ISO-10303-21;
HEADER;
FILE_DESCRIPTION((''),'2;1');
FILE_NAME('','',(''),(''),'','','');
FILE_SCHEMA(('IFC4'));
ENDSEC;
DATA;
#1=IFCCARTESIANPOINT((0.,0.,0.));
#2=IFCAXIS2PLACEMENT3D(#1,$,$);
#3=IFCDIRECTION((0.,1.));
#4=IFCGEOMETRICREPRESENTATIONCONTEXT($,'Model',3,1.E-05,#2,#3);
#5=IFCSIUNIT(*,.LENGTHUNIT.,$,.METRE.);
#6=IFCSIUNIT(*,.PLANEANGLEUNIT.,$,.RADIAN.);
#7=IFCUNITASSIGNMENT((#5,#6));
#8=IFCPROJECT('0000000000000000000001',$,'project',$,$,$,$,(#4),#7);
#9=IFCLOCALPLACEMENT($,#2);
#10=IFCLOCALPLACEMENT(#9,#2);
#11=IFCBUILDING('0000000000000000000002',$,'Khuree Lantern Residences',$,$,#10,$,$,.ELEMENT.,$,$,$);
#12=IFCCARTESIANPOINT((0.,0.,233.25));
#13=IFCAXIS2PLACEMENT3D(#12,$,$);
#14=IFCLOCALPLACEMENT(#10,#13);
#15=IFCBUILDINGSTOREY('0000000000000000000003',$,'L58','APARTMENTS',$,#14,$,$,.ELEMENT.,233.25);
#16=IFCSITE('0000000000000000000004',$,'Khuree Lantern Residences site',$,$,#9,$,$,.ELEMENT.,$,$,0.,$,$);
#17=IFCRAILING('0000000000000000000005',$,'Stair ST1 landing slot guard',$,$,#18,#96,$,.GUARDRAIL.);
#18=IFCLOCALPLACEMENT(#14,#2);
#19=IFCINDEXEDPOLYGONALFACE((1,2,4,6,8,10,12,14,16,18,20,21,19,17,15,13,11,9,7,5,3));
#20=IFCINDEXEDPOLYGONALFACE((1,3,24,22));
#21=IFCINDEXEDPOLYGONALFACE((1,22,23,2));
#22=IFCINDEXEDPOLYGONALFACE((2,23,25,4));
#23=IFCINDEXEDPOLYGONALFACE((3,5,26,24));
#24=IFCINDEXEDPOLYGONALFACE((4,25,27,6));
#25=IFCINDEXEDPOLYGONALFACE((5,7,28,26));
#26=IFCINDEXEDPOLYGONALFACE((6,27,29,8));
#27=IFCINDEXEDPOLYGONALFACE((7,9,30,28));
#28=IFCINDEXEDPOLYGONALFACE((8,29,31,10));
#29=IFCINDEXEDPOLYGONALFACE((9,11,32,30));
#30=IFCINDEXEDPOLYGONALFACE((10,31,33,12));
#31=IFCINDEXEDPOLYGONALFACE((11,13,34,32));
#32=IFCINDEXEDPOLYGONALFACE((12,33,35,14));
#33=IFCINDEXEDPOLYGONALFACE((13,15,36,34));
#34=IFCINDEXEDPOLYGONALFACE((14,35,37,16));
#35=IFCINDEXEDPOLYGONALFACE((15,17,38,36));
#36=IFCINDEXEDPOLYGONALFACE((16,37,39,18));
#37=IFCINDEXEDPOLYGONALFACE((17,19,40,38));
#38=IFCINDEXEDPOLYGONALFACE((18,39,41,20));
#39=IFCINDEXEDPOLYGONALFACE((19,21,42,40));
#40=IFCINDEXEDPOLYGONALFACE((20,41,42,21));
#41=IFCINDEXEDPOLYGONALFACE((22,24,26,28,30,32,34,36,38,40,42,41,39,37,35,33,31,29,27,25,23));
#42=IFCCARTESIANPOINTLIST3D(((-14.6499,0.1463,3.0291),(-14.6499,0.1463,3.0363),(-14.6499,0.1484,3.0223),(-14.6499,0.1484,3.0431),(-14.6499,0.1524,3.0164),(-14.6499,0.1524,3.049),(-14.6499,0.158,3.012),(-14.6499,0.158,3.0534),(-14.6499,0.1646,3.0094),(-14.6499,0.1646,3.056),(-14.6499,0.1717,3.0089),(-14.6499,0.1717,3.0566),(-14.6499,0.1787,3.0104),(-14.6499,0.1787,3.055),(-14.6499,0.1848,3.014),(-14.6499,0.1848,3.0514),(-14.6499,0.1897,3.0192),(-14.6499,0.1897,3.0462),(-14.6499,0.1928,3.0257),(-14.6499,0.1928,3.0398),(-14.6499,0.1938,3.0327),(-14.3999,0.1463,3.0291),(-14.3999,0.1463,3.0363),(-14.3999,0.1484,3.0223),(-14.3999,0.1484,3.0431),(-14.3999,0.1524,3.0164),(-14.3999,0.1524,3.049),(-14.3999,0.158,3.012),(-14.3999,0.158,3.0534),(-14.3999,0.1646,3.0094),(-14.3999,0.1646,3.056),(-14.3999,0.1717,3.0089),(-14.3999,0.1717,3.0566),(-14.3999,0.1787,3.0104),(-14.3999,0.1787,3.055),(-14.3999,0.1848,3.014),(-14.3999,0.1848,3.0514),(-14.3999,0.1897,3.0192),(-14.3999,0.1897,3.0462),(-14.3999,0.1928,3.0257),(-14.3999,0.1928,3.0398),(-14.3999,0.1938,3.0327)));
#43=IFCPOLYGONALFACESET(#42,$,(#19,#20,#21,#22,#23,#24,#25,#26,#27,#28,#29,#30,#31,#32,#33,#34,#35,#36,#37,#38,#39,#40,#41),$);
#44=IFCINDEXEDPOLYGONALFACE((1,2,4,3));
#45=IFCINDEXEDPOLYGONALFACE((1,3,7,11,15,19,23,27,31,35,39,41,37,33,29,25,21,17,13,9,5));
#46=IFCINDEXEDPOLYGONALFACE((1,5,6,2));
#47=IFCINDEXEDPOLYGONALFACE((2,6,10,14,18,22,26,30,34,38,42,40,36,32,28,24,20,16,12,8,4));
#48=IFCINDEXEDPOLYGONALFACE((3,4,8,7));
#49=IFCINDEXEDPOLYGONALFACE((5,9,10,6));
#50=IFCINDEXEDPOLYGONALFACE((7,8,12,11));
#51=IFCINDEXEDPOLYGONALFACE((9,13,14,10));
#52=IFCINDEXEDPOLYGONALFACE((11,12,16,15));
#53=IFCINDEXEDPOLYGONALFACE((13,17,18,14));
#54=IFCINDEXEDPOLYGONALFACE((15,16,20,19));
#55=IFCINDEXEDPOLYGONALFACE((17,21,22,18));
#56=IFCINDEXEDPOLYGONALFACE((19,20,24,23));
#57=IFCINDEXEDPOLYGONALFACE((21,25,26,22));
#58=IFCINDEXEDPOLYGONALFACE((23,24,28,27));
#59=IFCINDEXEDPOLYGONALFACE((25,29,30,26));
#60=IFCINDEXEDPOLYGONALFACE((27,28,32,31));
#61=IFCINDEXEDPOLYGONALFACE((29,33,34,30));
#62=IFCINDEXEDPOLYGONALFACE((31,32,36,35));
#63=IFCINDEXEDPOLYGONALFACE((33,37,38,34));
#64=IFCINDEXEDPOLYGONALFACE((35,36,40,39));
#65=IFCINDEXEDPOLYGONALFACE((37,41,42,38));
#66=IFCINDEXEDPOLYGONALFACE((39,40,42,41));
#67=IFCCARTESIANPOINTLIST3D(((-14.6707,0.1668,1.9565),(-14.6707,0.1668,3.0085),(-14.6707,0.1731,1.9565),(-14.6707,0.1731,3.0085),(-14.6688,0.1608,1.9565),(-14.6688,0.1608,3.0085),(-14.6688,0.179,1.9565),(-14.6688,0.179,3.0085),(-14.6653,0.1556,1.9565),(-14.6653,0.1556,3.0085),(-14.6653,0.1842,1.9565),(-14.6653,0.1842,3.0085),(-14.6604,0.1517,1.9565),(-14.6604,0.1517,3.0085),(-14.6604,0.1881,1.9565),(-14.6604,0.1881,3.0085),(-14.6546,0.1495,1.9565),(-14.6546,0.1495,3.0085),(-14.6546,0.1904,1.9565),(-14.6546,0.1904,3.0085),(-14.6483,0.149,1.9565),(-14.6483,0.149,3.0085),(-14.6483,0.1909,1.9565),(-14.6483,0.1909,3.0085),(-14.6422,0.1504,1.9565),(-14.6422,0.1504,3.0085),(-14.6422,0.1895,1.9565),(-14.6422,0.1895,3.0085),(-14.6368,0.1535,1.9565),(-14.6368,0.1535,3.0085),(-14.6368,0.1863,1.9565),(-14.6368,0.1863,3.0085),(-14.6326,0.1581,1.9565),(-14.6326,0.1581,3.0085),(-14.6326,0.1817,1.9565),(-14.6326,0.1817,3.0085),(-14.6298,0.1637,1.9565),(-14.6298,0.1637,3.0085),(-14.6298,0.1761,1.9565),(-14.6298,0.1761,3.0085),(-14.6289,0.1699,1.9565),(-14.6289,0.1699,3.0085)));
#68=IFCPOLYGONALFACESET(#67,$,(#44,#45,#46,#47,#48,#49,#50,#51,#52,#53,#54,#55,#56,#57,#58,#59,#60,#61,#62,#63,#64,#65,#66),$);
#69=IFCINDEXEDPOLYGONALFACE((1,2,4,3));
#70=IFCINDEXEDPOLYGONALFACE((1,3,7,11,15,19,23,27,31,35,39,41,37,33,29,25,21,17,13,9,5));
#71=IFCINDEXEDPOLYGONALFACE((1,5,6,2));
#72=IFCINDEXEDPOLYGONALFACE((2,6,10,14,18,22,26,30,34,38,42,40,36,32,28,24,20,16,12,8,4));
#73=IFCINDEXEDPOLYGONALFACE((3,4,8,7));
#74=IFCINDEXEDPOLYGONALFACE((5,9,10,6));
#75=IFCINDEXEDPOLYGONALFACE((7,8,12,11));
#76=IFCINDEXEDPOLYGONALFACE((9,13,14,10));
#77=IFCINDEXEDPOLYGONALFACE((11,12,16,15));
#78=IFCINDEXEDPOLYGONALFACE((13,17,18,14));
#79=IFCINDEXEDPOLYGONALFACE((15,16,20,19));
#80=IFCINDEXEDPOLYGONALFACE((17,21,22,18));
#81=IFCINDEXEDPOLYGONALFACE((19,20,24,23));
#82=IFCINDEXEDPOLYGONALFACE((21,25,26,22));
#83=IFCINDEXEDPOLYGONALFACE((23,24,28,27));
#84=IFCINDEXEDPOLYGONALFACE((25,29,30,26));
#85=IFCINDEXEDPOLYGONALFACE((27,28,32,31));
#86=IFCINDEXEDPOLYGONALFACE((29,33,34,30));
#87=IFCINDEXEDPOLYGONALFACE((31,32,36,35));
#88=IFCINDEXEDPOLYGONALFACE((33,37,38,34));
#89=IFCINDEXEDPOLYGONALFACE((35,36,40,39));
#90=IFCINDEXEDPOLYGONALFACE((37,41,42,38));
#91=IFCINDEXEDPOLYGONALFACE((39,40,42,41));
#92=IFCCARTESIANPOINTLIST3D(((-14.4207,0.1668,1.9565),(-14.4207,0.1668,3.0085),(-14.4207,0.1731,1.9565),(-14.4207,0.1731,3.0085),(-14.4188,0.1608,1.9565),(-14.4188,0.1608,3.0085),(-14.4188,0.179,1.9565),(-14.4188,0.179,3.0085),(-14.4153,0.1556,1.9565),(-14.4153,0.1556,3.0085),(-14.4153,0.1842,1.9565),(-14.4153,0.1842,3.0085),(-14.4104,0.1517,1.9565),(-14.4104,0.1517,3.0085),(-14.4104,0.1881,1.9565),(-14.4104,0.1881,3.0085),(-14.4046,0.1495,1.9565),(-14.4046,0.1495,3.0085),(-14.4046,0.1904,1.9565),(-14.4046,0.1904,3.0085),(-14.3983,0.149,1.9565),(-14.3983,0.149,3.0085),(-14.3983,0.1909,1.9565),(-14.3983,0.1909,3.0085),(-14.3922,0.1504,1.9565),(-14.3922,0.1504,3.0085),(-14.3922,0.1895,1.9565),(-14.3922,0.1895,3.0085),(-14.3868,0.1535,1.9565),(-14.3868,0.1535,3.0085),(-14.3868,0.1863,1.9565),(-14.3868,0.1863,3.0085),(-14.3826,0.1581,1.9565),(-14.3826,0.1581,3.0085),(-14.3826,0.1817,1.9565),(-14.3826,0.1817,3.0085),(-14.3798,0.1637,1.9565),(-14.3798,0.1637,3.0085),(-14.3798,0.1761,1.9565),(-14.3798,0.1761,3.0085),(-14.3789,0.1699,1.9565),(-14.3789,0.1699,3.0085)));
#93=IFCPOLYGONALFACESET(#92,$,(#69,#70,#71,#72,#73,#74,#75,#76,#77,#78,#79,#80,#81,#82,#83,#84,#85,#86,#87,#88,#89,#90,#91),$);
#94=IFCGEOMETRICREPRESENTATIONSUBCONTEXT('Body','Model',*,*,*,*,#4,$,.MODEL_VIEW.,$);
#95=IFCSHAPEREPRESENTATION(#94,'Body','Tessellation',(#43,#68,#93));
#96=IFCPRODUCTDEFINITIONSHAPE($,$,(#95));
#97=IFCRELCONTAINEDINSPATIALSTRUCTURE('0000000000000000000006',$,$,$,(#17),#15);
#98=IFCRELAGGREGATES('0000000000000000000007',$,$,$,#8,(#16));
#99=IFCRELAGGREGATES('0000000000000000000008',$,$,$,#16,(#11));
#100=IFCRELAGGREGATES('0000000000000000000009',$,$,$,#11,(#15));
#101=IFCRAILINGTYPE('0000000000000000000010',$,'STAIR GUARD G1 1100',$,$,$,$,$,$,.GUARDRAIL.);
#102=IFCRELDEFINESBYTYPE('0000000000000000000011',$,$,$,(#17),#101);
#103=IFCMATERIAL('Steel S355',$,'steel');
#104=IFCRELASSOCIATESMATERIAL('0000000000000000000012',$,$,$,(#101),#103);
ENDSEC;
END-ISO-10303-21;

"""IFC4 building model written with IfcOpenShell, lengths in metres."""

from ifc_helpers import new_model, si_unit, direction, frame, origin, origin_2d, place, context, subcontext, project, spatial, circle, extrude, material, type_object, element, save


model = new_model("IFC4")

# Units and contexts
model_context = context("Model", 3, precision=1e-05, world=origin(), true_north=direction((0.0, 1.0)))
body_context = subcontext(model_context, "Body", "Model", "MODEL_VIEW")
ifc_project = project(units=[si_unit("LENGTHUNIT", "METRE"), si_unit("PLANEANGLEUNIT", "RADIAN")], contexts=[model_context])

# Site, building, storey
site_placement = place(None, origin())
site = spatial("IfcSite", under=ifc_project, at=site_placement, Name="Khuree Lantern Residences site", CompositionType="ELEMENT", RefElevation=0.0)
building_placement = place(site_placement, origin())
building = spatial("IfcBuilding", under=site, at=building_placement, Name="Khuree Lantern Residences", CompositionType="ELEMENT")
storey_placement = place(building_placement, frame((0.0, 0.0, 233.25)))
storey = spatial("IfcBuildingStorey", under=building, at=storey_placement, Name="L58", Description="APARTMENTS", CompositionType="ELEMENT", Elevation=233.25)

# Railing
ifc_material_1 = material(Name="Steel S355", Category="steel")
railing_type = type_object("IfcRailingType", Name="STAIR GUARD G1 1100", PredefinedType="GUARDRAIL", material=ifc_material_1)
railing_placement = place(storey_placement, frame((-14.6499, 0.1699, 1.9565)))
element("IfcRailing", 1, at=railing_placement, inside=storey, type_object=railing_type, Name="Stair ST1 landing slot guard", PredefinedType="GUARDRAIL", context=body_context, shape_type="SweptSolid", body=[
    extrude(circle(Radius=0.0239, at=origin_2d()), frame((0.0, 0.0, 1.0762), z_axis=(1.0, 0.0, 0.0), x_axis=(0.0, 1.0, 0.0)), (0.0, 0.0, 1.0), 0.25),
    extrude(circle(Radius=0.021, at=origin_2d()), origin(), (0.0, 0.0, 1.0), 1.052),
    extrude(circle(Radius=0.021, at=origin_2d()), frame((0.25, 0.0, 0.0)), (0.0, 0.0, 1.0), 1.052),
])

save(model, "model.ifc")
